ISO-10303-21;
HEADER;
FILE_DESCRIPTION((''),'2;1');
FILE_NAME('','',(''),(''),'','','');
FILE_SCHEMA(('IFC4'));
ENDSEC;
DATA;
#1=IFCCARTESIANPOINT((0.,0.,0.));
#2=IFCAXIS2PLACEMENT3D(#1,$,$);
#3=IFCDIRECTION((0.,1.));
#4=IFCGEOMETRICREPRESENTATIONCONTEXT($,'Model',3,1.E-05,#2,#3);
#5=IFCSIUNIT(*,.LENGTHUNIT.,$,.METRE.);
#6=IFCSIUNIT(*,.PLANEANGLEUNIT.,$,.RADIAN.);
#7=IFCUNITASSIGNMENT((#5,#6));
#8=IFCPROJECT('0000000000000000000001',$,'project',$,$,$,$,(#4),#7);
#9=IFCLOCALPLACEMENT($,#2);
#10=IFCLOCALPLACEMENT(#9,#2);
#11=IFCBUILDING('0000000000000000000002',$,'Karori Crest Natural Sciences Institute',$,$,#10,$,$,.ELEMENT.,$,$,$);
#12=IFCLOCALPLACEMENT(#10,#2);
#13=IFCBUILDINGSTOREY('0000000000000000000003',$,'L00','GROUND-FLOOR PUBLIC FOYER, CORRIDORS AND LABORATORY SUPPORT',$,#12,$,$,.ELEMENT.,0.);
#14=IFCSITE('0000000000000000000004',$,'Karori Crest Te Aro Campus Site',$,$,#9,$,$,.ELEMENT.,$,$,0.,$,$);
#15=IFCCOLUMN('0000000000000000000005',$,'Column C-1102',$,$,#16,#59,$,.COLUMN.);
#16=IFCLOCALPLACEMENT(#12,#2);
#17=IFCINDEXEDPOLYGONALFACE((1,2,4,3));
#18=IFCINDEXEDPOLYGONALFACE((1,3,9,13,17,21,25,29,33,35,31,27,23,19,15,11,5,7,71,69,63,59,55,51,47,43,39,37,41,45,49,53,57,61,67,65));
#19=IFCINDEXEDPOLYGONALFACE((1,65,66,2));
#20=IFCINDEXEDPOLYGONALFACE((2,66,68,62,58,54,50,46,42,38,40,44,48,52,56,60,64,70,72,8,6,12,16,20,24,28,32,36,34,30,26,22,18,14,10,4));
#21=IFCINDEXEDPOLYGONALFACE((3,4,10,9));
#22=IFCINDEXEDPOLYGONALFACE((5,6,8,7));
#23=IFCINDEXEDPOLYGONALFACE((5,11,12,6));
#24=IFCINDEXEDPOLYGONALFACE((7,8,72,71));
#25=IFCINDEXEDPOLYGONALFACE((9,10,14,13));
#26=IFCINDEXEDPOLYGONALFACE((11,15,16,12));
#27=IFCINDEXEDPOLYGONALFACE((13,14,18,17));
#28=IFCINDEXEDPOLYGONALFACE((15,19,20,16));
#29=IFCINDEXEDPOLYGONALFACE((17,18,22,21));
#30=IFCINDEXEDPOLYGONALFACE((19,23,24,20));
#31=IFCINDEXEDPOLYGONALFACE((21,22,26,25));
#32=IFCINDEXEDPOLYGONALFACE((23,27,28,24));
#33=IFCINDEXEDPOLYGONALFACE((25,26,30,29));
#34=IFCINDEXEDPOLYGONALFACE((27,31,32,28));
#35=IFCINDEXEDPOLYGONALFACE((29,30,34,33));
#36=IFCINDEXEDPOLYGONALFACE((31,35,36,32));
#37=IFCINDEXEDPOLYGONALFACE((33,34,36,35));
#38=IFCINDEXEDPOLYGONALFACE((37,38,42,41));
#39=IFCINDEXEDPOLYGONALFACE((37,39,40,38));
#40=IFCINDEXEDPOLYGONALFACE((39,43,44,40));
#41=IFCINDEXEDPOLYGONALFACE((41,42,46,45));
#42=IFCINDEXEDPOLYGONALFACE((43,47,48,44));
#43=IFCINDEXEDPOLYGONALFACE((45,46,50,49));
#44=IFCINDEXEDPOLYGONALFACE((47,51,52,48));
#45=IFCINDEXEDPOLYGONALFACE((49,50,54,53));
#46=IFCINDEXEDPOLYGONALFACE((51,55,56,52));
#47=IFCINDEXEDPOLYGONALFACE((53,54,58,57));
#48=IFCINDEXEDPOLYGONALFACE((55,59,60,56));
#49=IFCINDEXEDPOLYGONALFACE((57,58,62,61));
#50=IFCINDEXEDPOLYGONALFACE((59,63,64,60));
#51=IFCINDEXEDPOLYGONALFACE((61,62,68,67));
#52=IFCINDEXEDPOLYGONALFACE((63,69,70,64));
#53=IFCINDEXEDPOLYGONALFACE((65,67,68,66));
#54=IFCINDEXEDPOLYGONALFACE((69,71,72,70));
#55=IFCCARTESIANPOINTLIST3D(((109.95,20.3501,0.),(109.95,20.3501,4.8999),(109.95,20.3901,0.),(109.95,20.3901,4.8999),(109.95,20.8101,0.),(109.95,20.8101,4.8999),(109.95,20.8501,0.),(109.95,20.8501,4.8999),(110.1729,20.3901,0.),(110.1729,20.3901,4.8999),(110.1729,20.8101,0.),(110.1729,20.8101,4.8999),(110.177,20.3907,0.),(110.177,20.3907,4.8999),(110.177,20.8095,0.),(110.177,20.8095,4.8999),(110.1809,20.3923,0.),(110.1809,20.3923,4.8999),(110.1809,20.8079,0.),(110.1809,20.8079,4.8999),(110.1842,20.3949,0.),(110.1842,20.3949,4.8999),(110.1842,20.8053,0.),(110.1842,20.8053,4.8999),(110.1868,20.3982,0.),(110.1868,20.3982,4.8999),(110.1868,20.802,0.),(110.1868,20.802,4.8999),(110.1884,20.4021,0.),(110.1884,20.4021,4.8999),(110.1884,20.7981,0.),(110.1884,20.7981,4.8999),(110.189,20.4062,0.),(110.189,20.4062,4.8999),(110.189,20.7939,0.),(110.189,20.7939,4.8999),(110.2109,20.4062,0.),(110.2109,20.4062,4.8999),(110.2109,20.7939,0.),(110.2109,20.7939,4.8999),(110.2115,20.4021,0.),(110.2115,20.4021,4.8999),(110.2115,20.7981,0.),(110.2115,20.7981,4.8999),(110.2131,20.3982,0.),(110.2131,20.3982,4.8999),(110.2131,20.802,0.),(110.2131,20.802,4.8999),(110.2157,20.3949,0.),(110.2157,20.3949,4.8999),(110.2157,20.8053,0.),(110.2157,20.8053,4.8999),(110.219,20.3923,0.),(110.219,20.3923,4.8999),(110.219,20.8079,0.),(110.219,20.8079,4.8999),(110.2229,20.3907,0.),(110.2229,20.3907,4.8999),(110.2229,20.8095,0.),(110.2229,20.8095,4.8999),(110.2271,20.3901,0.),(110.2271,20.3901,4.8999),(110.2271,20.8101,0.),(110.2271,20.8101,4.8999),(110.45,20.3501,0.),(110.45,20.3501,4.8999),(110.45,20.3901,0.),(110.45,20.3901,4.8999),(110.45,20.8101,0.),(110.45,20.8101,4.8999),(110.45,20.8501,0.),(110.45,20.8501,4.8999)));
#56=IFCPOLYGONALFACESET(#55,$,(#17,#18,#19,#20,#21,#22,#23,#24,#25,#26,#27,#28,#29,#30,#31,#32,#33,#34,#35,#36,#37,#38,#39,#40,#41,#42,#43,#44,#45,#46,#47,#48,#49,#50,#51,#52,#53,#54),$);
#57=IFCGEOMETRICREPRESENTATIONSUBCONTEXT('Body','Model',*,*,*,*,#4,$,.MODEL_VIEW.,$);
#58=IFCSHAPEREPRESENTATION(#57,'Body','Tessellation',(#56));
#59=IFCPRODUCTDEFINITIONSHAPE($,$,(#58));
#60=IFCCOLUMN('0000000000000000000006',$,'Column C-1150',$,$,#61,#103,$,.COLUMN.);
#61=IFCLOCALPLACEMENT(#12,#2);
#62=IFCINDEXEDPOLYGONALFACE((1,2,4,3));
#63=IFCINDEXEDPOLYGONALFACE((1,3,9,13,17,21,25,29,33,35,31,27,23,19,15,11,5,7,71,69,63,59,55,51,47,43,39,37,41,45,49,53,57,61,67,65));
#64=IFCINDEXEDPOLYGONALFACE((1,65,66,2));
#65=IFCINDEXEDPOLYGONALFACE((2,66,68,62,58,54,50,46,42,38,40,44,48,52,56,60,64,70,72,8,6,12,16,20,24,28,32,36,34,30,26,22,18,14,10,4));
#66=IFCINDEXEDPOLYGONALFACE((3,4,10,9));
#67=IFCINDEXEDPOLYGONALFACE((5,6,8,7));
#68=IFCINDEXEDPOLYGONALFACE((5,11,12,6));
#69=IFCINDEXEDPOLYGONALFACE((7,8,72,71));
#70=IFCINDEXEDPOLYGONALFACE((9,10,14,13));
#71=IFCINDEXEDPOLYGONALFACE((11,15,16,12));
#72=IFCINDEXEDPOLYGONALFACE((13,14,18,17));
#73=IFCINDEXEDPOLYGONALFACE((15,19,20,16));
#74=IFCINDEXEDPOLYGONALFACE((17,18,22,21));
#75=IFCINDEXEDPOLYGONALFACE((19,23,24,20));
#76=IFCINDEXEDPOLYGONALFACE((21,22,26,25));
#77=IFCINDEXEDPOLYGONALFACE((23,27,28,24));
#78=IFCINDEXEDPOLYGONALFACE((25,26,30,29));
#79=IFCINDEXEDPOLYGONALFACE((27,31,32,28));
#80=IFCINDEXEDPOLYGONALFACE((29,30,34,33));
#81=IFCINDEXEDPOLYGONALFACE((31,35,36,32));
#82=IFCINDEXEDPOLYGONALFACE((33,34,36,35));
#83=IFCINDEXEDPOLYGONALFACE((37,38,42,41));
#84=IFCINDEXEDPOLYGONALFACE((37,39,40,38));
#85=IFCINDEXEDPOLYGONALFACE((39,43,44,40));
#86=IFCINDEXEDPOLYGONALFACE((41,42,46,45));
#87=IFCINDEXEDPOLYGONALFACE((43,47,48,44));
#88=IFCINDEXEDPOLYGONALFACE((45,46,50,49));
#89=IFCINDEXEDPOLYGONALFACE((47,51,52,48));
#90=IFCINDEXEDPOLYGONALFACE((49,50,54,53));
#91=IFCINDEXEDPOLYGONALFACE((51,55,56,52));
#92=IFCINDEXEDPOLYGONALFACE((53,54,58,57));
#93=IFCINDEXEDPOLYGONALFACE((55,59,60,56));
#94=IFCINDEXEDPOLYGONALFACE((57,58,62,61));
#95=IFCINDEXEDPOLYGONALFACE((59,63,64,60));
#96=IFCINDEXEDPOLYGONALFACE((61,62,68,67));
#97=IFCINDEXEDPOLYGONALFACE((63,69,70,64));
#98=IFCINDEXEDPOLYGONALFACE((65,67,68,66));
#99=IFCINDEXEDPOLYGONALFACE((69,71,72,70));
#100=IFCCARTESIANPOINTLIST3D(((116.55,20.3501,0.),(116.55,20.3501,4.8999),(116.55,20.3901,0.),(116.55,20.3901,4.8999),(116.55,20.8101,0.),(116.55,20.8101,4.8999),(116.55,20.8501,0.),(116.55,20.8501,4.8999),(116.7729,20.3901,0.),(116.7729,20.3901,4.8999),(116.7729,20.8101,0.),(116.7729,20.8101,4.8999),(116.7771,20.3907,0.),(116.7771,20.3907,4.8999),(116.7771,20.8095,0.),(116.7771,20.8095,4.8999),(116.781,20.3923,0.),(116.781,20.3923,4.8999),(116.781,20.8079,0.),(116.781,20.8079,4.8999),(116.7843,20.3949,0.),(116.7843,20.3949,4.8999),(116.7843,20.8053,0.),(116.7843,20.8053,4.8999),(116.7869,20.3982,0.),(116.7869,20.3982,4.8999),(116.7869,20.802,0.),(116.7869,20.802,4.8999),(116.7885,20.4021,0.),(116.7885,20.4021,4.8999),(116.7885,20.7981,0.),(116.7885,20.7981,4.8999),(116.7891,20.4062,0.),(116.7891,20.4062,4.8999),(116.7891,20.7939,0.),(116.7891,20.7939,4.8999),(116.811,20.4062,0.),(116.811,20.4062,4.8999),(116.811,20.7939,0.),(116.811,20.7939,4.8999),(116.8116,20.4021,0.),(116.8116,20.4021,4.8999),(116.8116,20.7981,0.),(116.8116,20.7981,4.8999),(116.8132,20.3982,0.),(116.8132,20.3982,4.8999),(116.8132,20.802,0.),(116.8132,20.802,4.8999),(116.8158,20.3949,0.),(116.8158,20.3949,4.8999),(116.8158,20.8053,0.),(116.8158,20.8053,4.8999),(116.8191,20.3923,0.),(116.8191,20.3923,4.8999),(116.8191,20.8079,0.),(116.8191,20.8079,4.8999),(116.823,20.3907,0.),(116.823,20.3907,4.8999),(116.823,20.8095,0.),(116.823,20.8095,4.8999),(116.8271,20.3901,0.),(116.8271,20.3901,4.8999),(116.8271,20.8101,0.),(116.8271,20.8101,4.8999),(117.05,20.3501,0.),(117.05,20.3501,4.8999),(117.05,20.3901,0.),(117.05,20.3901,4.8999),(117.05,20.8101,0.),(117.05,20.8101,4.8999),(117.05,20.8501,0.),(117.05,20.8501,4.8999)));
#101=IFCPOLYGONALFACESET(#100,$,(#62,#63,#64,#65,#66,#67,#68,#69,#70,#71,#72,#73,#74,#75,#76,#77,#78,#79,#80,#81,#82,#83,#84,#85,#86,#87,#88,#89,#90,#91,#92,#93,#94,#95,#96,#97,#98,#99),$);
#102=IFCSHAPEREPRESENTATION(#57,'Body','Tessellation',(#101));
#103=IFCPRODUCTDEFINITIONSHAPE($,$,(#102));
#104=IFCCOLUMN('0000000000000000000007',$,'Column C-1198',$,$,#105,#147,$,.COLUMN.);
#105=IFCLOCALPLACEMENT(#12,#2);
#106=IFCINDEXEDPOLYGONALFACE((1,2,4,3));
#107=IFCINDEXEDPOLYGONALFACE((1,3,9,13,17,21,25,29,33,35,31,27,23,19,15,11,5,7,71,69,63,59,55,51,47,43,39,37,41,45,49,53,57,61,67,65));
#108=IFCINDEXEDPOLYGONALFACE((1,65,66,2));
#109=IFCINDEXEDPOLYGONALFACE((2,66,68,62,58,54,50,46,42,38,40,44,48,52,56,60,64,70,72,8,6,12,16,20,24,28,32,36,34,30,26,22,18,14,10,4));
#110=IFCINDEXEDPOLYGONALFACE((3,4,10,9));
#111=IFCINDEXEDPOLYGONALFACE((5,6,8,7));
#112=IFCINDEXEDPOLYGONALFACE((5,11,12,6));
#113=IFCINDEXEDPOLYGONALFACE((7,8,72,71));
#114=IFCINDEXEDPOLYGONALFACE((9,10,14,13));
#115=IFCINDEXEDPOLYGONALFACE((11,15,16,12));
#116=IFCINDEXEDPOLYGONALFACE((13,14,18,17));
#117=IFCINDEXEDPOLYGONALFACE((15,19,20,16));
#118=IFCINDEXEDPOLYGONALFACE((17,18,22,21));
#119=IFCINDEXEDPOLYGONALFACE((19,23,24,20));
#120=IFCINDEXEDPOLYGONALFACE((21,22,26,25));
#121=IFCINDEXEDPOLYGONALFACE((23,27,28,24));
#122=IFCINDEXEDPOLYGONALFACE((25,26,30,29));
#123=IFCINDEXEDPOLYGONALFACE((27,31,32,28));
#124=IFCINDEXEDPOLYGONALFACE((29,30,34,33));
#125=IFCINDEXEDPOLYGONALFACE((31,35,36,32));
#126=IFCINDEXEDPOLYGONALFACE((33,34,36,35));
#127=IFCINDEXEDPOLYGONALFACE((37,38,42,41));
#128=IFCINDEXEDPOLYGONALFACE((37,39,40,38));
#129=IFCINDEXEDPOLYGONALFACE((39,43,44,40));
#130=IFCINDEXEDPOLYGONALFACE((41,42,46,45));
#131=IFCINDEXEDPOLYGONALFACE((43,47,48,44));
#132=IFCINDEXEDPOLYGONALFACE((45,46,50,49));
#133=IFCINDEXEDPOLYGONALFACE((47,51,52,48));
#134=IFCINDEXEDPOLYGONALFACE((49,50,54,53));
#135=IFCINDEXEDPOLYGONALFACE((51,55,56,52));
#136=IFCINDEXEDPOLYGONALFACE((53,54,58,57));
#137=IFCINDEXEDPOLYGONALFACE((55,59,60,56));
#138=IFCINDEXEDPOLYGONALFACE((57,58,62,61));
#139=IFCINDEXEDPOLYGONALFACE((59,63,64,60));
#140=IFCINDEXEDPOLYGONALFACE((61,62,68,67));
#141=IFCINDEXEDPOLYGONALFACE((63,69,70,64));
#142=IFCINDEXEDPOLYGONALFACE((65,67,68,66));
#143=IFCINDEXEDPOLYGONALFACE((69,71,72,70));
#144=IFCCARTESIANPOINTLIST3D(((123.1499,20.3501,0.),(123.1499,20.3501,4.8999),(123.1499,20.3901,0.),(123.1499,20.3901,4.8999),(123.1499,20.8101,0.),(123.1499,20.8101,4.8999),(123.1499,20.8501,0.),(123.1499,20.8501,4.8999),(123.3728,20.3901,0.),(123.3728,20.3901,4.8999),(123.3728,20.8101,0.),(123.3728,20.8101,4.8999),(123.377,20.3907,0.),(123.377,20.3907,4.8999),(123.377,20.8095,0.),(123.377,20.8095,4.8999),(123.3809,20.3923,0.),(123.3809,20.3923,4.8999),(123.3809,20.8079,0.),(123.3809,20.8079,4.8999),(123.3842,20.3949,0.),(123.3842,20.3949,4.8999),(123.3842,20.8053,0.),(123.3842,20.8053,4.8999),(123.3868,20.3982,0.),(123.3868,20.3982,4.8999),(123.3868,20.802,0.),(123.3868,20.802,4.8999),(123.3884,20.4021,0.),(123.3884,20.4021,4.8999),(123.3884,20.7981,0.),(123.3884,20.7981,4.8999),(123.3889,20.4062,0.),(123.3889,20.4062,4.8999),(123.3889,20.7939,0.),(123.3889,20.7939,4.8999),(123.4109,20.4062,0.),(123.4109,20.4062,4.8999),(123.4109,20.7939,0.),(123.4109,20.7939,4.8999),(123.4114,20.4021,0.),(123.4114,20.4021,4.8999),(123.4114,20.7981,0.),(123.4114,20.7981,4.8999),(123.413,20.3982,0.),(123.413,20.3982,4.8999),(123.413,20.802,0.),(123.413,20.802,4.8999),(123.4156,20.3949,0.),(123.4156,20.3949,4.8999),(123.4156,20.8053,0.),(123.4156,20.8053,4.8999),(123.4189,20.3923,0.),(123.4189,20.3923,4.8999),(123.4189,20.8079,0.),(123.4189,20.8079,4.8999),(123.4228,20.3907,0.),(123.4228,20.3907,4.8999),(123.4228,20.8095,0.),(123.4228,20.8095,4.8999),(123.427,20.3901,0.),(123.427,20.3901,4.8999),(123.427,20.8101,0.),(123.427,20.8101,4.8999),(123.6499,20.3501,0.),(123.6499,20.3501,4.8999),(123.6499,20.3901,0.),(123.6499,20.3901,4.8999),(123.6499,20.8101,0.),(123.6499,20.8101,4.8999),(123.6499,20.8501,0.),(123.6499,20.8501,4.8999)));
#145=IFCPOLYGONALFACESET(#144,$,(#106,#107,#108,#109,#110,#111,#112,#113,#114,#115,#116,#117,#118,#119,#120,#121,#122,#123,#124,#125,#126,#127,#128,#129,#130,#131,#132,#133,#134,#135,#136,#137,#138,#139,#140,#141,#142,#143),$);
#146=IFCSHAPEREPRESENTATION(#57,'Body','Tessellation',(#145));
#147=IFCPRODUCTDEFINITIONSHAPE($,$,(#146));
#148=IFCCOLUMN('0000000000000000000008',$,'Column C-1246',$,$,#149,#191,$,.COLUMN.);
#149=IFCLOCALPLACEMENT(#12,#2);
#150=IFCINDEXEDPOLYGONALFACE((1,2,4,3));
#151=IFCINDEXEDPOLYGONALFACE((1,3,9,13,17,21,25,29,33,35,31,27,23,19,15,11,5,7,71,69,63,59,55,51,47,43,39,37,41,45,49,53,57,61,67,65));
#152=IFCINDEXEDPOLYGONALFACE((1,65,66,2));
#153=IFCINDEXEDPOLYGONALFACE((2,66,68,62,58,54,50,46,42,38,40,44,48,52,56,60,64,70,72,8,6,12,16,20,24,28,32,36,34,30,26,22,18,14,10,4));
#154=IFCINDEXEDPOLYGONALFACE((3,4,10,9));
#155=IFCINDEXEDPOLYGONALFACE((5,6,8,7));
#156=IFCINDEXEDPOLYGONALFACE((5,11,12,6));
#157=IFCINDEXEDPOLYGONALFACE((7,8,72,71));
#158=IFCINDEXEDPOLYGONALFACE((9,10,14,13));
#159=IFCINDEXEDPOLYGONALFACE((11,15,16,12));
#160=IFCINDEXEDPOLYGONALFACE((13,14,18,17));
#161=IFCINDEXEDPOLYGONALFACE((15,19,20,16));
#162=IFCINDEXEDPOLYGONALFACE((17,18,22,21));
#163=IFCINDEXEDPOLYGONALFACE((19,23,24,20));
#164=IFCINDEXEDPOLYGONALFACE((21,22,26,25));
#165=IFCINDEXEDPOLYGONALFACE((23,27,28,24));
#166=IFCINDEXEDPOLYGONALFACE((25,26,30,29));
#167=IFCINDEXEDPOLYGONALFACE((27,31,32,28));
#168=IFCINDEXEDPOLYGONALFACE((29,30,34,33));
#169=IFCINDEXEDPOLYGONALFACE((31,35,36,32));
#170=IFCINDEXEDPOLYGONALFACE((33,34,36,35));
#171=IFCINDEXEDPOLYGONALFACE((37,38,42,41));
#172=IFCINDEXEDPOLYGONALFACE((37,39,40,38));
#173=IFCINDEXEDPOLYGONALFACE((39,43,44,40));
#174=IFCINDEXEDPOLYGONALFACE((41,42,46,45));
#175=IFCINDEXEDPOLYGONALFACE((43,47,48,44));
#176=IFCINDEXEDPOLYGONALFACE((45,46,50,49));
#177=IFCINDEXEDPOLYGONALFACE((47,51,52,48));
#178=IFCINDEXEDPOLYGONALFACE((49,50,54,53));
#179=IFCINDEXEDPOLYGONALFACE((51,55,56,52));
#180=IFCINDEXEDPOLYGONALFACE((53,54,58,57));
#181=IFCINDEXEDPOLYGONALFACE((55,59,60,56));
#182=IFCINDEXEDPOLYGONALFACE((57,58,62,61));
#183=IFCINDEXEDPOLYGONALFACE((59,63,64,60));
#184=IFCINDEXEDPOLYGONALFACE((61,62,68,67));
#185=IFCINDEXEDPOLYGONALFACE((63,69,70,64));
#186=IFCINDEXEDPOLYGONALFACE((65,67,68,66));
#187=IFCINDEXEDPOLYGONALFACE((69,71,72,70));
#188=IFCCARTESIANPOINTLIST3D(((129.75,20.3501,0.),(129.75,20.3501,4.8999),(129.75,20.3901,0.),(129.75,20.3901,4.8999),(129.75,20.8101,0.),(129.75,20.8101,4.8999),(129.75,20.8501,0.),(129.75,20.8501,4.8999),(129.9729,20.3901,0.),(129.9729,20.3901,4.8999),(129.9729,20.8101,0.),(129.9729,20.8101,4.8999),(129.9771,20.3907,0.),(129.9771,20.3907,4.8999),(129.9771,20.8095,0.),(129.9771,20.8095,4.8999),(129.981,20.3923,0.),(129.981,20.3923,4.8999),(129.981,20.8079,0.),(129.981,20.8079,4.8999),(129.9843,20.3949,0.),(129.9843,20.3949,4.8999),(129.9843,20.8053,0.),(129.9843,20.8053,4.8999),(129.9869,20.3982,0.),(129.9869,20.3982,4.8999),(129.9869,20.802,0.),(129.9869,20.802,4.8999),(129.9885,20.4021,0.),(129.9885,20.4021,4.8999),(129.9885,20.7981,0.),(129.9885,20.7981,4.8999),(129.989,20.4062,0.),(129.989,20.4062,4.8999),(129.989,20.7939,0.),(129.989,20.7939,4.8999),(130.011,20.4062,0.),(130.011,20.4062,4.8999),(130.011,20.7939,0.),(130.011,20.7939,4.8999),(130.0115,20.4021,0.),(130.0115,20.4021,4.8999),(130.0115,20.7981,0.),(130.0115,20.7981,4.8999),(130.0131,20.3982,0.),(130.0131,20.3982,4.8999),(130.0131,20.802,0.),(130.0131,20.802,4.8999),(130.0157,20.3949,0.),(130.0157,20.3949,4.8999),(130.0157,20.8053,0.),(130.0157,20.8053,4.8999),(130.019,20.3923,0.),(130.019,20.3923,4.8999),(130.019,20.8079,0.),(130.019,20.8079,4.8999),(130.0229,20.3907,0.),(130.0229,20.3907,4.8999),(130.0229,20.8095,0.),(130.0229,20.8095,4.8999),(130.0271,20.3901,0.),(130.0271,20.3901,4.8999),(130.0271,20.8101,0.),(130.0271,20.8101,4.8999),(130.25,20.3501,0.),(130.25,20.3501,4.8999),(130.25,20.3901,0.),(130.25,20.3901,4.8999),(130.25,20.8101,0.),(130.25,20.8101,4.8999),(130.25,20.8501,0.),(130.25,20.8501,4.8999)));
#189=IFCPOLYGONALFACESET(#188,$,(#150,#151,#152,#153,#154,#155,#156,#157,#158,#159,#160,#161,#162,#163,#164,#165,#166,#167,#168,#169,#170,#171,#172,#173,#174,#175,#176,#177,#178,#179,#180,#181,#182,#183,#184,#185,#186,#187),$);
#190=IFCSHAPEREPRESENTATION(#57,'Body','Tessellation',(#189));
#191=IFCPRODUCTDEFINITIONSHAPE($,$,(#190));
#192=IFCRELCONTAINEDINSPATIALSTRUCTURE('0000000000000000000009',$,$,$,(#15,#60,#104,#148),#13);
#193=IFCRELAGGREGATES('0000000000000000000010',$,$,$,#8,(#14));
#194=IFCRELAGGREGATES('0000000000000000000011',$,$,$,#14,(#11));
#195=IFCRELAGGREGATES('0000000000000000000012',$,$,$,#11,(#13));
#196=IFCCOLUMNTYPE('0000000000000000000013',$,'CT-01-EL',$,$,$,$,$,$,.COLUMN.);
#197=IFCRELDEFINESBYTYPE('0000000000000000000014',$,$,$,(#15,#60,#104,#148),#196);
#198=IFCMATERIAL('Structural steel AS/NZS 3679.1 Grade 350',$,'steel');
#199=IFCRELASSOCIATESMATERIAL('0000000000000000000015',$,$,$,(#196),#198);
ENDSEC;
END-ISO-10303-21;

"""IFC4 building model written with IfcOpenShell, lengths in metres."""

from ifc_helpers import new_model, si_unit, direction, frame, origin, origin_2d, place, context, subcontext, project, spatial, i_section, extrude, material, material_profile, profile_set, type_object, element, save


model = new_model("IFC4")

# Units and contexts
model_context = context("Model", 3, precision=1e-05, world=origin(), true_north=direction((0.0, 1.0)))
body_context = subcontext(model_context, "Body", "Model", "MODEL_VIEW")
ifc_project = project(units=[si_unit("LENGTHUNIT", "METRE"), si_unit("PLANEANGLEUNIT", "RADIAN")], contexts=[model_context])

# Site, building, storey
site_placement = place(None, origin())
site = spatial("IfcSite", under=ifc_project, at=site_placement, Name="Karori Crest Te Aro Campus Site", CompositionType="ELEMENT", RefElevation=0.0)
building_placement = place(site_placement, origin())
building = spatial("IfcBuilding", under=site, at=building_placement, Name="Karori Crest Natural Sciences Institute", CompositionType="ELEMENT")
storey_placement = place(building_placement, origin())
storey = spatial("IfcBuildingStorey", under=building, at=storey_placement, Name="L00", Description="GROUND-FLOOR PUBLIC FOYER, CORRIDORS AND LABORATORY SUPPORT", CompositionType="ELEMENT", Elevation=0.0)

# Columns
ifc_material_1 = material(Name="Structural steel AS/NZS 3679.1 Grade 350", Category="steel")
ifc_material_profile_1 = material_profile(ifc_material_1, i_section(OverallWidth=0.5, OverallDepth=0.5, WebThickness=0.022, FlangeThickness=0.04, FilletRadius=0.0161, at=origin_2d()), Name="500WC440")
ifc_profile_set_1 = profile_set([ifc_material_profile_1], Name="Structural steel AS/NZS 3679.1 Grade 350")
column_type_1 = type_object("IfcColumnType", Name="CT-01-EL", PredefinedType="COLUMN", material=ifc_profile_set_1)
for number, where, z_axis, x_axis, name in (
    (1, (110.2, 20.6001, 0.0), (0.0, 0.0, 1.0), (1.0, 0.0, 0.0), "Column C-1102"),
    (2, (116.8, 20.6001, 0.0), (0.0, 0.0, 1.0), (1.0, 0.0, 0.0), "Column C-1150"),
    (3, (123.3999, 20.6001, 0.0), (0.0, 0.0, 1.0), (1.0, 0.0, 0.0), "Column C-1198"),
    (4, (130.0, 20.6001, 0.0), (0.0, 0.0, 1.0), (1.0, 0.0, 0.0), "Column C-1246"),
):
    element("IfcColumn", number, at=place(storey_placement, frame(where, z_axis=z_axis, x_axis=x_axis)), inside=storey, type_object=column_type_1, Name=name, PredefinedType="COLUMN", context=body_context, shape_type="SweptSolid", body=[
        extrude(i_section(OverallWidth=0.5, OverallDepth=0.5, WebThickness=0.022, FlangeThickness=0.04, FilletRadius=0.0161, at=origin_2d()), origin(), (0.0, 0.0, 1.0), 4.8999),
    ])

save(model, "model.ifc")
